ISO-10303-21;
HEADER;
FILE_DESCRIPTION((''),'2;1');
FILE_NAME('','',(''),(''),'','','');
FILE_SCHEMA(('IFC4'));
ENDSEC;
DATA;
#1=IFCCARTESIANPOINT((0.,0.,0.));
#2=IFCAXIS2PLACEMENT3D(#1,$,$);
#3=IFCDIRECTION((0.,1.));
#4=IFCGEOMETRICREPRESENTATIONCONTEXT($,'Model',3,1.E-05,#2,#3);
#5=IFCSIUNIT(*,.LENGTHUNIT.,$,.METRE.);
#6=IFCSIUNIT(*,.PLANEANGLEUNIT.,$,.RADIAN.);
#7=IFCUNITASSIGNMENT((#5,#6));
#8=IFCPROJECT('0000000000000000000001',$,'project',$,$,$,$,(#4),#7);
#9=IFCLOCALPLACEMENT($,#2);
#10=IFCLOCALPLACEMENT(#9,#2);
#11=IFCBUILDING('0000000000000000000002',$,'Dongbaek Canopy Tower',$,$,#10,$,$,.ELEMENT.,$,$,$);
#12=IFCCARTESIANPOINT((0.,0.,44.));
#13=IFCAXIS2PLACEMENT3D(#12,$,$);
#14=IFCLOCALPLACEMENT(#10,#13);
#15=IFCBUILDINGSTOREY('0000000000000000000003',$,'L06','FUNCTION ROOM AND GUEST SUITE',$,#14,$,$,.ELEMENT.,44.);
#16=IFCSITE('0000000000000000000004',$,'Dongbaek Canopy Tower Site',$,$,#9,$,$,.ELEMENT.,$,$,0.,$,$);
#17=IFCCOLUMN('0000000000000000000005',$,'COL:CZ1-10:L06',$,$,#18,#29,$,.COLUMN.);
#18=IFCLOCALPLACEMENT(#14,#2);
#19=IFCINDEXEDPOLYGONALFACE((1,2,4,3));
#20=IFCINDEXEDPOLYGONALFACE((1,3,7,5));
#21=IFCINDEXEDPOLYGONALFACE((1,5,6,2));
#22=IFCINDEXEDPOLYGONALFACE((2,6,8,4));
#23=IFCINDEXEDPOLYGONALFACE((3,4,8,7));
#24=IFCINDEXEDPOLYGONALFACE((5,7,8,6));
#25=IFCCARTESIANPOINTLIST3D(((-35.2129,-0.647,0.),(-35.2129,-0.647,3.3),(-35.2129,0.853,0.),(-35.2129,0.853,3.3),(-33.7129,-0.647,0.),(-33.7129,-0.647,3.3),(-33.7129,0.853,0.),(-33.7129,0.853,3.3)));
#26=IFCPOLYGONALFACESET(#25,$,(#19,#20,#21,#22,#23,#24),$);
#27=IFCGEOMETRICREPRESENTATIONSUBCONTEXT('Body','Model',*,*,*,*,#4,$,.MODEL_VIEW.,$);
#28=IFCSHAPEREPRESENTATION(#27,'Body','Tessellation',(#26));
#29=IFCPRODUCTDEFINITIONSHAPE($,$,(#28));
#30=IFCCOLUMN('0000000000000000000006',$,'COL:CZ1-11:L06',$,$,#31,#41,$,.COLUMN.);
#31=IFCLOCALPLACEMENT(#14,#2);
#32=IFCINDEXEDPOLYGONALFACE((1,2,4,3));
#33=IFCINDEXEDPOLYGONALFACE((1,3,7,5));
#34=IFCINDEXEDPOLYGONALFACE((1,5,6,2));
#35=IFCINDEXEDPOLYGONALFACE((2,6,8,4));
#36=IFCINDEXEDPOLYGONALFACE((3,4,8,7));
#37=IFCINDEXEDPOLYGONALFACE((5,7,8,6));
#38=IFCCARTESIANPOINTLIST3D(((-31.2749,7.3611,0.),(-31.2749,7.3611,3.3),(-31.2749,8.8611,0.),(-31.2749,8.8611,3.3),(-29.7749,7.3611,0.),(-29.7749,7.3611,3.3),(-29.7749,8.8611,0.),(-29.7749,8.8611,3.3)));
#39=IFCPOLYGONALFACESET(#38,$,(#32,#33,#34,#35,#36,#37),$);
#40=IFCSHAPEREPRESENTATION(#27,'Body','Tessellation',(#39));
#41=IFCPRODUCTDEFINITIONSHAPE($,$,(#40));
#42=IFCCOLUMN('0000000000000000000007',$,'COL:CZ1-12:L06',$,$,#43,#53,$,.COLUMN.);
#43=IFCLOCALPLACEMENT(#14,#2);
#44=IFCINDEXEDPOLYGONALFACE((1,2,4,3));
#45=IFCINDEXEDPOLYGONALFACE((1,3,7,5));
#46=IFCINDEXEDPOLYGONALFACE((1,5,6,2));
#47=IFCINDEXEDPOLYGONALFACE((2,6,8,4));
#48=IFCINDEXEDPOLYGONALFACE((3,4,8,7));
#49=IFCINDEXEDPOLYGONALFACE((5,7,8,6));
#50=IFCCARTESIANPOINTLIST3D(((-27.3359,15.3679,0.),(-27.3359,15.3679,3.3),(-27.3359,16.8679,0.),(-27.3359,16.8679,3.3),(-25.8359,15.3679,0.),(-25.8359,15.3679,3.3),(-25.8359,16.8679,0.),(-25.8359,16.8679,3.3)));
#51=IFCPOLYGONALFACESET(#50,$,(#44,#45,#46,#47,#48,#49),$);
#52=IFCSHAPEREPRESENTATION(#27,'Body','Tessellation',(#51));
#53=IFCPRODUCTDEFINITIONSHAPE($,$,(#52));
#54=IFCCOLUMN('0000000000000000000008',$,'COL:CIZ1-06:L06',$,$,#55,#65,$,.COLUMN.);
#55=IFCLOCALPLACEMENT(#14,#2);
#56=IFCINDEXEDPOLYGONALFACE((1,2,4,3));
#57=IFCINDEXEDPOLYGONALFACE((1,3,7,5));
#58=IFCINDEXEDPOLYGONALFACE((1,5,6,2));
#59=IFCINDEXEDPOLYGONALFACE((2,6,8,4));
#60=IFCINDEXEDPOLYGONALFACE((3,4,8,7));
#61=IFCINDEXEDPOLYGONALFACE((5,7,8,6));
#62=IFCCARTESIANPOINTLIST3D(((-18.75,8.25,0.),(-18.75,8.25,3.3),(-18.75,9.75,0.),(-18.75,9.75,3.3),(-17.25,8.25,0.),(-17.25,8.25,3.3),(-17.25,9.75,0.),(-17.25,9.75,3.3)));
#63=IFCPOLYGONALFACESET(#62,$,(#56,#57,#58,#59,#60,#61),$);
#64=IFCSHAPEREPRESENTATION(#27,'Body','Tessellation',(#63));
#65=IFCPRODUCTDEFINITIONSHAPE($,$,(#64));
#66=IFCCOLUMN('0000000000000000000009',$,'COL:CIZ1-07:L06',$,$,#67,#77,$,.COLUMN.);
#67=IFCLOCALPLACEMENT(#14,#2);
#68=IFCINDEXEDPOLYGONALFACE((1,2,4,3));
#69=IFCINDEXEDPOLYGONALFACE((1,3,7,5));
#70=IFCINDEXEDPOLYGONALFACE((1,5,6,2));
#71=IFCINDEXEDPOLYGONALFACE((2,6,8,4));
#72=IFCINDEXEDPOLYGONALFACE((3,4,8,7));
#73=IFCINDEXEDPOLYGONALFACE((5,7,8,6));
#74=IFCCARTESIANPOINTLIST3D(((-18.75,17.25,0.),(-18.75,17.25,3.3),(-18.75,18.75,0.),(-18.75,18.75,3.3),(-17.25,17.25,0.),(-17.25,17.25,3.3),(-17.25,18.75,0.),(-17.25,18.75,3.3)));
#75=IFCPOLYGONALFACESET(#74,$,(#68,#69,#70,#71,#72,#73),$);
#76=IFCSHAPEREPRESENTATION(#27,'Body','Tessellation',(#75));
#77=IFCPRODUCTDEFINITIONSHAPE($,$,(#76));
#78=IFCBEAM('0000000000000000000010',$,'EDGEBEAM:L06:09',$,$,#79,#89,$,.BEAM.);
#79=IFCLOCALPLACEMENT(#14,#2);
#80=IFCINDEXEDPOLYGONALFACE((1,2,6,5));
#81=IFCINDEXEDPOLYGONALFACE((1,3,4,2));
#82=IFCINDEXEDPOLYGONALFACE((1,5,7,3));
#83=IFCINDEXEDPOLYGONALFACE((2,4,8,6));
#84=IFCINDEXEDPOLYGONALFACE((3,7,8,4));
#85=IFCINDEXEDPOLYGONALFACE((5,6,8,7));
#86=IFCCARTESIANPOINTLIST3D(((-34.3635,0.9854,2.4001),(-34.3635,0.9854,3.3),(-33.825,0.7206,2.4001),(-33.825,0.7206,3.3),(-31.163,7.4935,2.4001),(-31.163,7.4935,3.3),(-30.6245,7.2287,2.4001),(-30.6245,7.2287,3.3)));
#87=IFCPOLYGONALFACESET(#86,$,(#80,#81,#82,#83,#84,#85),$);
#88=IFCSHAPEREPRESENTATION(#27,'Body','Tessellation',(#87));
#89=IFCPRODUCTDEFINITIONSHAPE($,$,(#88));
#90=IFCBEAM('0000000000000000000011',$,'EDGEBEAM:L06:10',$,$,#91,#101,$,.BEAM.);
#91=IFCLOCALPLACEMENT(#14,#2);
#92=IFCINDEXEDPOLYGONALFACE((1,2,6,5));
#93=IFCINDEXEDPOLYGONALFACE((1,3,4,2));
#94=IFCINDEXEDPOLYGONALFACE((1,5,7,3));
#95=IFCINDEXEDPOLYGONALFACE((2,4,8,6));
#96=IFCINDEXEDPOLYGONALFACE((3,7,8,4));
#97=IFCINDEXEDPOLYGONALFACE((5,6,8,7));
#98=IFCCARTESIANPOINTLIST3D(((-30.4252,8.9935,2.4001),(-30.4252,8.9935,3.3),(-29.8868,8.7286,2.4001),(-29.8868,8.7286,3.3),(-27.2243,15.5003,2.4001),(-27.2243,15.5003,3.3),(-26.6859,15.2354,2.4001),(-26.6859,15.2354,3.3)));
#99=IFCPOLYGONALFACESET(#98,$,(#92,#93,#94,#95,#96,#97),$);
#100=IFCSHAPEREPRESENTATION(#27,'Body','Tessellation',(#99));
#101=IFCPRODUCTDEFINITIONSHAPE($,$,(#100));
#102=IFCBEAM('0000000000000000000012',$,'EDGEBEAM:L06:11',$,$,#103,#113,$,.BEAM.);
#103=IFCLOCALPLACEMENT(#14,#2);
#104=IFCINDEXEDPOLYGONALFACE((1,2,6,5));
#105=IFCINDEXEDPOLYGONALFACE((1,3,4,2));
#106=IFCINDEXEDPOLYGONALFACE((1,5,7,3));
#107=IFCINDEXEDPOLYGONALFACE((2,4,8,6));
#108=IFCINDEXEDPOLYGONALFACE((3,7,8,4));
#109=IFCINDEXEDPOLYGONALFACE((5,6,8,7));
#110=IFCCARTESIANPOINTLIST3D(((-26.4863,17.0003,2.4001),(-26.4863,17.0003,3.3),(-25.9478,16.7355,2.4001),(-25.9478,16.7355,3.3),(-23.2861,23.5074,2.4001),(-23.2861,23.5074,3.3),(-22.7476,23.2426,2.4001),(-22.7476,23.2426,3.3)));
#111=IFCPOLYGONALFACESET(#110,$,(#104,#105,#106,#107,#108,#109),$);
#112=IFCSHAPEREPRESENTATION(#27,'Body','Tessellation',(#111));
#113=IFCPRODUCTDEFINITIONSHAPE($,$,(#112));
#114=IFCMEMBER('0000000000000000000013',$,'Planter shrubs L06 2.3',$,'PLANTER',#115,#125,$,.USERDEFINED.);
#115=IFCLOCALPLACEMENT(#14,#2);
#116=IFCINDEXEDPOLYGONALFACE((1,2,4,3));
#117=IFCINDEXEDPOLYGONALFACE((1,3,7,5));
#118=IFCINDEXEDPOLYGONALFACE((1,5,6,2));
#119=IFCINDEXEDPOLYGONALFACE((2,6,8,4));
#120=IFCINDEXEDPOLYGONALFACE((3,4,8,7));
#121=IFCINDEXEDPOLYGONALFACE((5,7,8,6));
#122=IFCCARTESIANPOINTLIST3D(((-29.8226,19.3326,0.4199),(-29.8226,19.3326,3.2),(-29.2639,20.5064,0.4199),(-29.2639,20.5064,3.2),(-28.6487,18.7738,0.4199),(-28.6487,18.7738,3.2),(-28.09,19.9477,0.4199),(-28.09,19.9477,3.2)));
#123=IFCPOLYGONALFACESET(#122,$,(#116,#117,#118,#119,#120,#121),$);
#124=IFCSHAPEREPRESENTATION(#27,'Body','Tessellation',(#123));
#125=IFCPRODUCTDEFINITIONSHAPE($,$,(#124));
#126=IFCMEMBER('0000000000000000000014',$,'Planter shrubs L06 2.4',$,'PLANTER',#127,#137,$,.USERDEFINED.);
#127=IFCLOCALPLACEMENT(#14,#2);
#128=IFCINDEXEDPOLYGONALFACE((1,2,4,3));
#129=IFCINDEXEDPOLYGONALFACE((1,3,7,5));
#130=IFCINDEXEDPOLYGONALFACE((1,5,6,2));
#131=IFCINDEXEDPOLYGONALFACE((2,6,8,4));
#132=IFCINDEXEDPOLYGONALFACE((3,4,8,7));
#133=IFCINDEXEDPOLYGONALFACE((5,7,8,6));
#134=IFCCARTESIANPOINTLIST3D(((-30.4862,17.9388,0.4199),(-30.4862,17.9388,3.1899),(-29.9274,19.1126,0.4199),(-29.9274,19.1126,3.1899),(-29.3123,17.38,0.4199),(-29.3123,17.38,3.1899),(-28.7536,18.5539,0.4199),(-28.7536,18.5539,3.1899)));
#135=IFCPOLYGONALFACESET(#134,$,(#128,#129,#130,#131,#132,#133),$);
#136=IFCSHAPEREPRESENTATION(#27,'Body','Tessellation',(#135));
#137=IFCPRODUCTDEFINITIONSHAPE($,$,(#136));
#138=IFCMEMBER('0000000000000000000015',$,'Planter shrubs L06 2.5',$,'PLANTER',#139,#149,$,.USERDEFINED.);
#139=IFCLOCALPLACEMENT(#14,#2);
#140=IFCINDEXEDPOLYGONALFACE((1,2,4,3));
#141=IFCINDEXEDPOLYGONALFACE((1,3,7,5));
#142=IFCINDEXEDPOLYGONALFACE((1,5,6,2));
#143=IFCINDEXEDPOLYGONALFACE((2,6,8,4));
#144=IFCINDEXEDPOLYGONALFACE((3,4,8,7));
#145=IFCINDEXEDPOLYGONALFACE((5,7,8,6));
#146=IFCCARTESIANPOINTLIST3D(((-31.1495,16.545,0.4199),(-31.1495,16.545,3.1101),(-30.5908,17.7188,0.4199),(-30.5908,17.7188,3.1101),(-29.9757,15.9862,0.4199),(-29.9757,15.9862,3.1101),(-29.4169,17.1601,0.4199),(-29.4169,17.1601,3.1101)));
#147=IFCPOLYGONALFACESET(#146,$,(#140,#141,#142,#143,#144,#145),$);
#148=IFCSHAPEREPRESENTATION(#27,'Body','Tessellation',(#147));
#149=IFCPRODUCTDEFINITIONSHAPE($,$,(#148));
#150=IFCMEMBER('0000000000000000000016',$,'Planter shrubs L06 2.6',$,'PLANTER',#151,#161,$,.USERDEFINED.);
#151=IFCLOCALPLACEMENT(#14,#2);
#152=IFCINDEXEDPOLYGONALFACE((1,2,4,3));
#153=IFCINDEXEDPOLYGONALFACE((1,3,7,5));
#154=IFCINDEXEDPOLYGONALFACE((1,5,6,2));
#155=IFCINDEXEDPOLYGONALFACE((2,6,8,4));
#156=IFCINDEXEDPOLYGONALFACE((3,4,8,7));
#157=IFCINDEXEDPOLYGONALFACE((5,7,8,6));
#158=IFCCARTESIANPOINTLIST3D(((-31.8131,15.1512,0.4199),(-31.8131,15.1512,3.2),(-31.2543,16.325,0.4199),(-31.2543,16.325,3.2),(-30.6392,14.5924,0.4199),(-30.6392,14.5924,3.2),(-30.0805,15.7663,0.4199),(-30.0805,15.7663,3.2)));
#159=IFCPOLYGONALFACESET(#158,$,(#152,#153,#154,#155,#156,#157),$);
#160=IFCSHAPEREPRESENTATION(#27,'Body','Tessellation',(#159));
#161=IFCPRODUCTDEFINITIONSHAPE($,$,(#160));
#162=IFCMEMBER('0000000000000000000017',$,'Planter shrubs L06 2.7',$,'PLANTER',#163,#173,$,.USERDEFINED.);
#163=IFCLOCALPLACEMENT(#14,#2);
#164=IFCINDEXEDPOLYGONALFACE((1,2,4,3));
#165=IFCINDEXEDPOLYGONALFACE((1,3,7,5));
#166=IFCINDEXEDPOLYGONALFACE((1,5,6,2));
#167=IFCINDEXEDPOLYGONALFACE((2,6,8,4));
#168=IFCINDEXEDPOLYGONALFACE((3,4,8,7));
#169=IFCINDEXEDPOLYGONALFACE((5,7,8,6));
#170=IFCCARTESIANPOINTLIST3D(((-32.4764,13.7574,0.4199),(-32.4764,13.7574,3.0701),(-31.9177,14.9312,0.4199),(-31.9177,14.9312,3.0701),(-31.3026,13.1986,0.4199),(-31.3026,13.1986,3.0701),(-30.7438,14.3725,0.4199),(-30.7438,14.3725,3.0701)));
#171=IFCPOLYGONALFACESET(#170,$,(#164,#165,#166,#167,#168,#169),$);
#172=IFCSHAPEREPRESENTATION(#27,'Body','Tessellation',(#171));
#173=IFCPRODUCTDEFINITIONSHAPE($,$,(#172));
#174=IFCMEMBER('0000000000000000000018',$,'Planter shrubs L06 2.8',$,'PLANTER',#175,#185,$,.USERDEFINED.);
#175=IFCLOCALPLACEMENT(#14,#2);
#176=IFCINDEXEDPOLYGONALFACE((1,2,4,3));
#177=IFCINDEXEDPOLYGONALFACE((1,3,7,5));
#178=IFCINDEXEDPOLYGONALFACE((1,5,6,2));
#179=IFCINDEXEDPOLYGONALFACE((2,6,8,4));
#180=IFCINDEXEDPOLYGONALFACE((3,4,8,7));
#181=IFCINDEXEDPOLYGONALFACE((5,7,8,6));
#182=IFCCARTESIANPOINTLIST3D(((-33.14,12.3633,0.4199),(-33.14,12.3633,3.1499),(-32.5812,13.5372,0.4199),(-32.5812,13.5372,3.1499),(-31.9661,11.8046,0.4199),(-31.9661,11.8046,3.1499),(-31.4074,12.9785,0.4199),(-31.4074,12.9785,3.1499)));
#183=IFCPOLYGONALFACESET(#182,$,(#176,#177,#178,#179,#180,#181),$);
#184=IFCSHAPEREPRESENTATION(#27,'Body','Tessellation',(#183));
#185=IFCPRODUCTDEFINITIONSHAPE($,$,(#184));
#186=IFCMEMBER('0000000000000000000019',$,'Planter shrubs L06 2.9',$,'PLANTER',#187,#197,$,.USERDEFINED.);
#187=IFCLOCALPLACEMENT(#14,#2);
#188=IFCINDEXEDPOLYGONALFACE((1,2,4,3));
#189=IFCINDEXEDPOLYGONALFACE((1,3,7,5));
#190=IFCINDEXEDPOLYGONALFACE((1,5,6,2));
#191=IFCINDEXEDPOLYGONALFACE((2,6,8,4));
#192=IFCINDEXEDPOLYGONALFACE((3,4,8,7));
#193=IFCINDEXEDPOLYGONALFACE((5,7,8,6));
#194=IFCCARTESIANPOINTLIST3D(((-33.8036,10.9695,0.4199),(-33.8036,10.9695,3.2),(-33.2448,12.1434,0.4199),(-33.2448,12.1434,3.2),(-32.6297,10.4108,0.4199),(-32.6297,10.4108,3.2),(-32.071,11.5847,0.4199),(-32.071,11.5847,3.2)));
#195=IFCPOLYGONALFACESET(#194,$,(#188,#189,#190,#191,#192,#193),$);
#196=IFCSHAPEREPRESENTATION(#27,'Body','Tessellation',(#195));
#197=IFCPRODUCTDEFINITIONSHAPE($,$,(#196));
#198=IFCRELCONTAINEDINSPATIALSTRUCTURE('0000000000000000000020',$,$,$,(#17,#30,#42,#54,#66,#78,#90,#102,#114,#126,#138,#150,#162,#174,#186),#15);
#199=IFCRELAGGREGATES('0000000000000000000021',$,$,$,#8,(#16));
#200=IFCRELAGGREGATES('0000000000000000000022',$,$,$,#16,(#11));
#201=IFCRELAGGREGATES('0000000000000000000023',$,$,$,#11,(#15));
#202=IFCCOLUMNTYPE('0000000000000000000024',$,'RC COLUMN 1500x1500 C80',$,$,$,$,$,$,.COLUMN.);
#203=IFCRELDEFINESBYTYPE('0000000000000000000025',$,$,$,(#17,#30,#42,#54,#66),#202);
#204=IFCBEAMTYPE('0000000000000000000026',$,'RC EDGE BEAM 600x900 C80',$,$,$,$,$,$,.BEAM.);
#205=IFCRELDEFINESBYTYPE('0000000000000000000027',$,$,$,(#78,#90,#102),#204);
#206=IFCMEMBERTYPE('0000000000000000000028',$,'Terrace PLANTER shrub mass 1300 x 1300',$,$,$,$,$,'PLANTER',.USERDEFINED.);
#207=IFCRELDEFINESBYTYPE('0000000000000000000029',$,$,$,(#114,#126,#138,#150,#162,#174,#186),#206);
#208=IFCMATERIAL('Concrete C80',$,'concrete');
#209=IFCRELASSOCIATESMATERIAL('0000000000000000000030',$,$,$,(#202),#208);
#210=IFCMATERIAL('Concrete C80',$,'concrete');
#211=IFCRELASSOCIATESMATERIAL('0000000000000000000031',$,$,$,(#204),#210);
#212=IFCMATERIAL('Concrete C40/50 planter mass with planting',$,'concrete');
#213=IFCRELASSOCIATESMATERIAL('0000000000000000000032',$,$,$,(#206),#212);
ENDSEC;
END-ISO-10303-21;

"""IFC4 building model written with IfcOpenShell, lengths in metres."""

from ifc_helpers import new_model, si_unit, direction, frame, origin, origin_2d, place, context, subcontext, project, spatial, rectangle, extrude, material, material_profile, profile_set, type_object, element, save


model = new_model("IFC4")

# Units and contexts
model_context = context("Model", 3, precision=1e-05, world=origin(), true_north=direction((0.0, 1.0)))
body_context = subcontext(model_context, "Body", "Model", "MODEL_VIEW")
ifc_project = project(units=[si_unit("LENGTHUNIT", "METRE"), si_unit("PLANEANGLEUNIT", "RADIAN")], contexts=[model_context])

# Site, building, storey
site_placement = place(None, origin())
site = spatial("IfcSite", under=ifc_project, at=site_placement, Name="Dongbaek Canopy Tower Site", CompositionType="ELEMENT", RefElevation=0.0)
building_placement = place(site_placement, origin())
building = spatial("IfcBuilding", under=site, at=building_placement, Name="Dongbaek Canopy Tower", CompositionType="ELEMENT")
storey_placement = place(building_placement, frame((0.0, 0.0, 44.0)))
storey = spatial("IfcBuildingStorey", under=building, at=storey_placement, Name="L06", Description="FUNCTION ROOM AND GUEST SUITE", CompositionType="ELEMENT", Elevation=44.0)

# Columns
ifc_material_1 = material(Name="Concrete C80", Category="concrete")
ifc_material_profile_1 = material_profile(ifc_material_1, rectangle(XDim=1.5, YDim=1.5, at=origin_2d()), Name="RC COLUMN 1500x1500 C80")
ifc_profile_set_1 = profile_set([ifc_material_profile_1], Name="Concrete C80")
column_type = type_object("IfcColumnType", Name="RC COLUMN 1500x1500 C80", PredefinedType="COLUMN", material=ifc_profile_set_1)
for number, where, z_axis, x_axis, name in (
    (1, (-34.4629, 0.103, 0.0), (0.0, 0.0, 1.0), (1.0, 0.0, 0.0), "COL:CZ1-10:L06"),
    (2, (-30.5249, 8.1111, 0.0), (0.0, 0.0, 1.0), (1.0, 0.0, 0.0), "COL:CZ1-11:L06"),
    (3, (-26.5859, 16.1179, 0.0), (0.0, 0.0, 1.0), (1.0, 0.0, 0.0), "COL:CZ1-12:L06"),
    (4, (-18.0, 9.0, 0.0), (0.0, 0.0, 1.0), (1.0, 0.0, 0.0), "COL:CIZ1-06:L06"),
    (5, (-18.0, 18.0, 0.0), (0.0, 0.0, 1.0), (1.0, 0.0, 0.0), "COL:CIZ1-07:L06"),
):
    element("IfcColumn", number, at=place(storey_placement, frame(where, z_axis=z_axis, x_axis=x_axis)), inside=storey, type_object=column_type, Name=name, PredefinedType="COLUMN", context=body_context, shape_type="SweptSolid", body=[
        extrude(rectangle(XDim=1.5, YDim=1.5, at=origin_2d()), origin(), (0.0, 0.0, 1.0), 3.3),
    ])

# Beams
ifc_material_2 = material(Name="Concrete C80", Category="concrete")
ifc_material_profile_2 = material_profile(ifc_material_2, rectangle(XDim=0.6001, YDim=0.8999, at=origin_2d()), Name="RC EDGE BEAM 600x900 C80")
ifc_profile_set_2 = profile_set([ifc_material_profile_2], Name="Concrete C80")
beam_type = type_object("IfcBeamType", Name="RC EDGE BEAM 600x900 C80", PredefinedType="BEAM", material=ifc_profile_set_2)
beam_placement = place(storey_placement, frame((-34.0942, 0.853, 2.8501), z_axis=(0.441293, 0.897363, 0.0), x_axis=(-0.897363, 0.441293, 0.0)))
element("IfcBeam", 6, at=beam_placement, inside=storey, type_object=beam_type, Name="EDGEBEAM:L06:09", PredefinedType="BEAM", context=body_context, shape_type="SweptSolid", body=[
    extrude(rectangle(XDim=0.6001, YDim=0.8999, at=origin_2d()), origin(), (0.0, 0.0, 1.0), 7.2524),
])
for number, where, z_axis, x_axis, name in (
    (7, (-30.156, 8.8611, 2.8501), (0.441413, 0.897304, 0.0), (-0.897304, 0.441413, 0.0), "EDGEBEAM:L06:10"),
    (8, (-26.217, 16.8679, 2.8501), (0.441319, 0.89735, 0.0), (-0.89735, 0.441319, 0.0), "EDGEBEAM:L06:11"),
):
    element("IfcBeam", number, at=place(storey_placement, frame(where, z_axis=z_axis, x_axis=x_axis)), inside=storey, type_object=beam_type, Name=name, PredefinedType="BEAM", context=body_context, shape_type="SweptSolid", body=[
        extrude(rectangle(XDim=0.6001, YDim=0.8999, at=origin_2d()), origin(), (0.0, 0.0, 1.0), 7.2515),
    ])

# Members
ifc_material_3 = material(Name="Concrete C40/50 planter mass with planting", Category="concrete")
ifc_material_profile_3 = material_profile(ifc_material_3, rectangle(XDim=1.3, YDim=1.3, at=origin_2d()), Name="Terrace PLANTER shrub mass 1300 x 1300")
ifc_profile_set_3 = profile_set([ifc_material_profile_3], Name="Concrete C40/50 planter mass with planting")
member_type = type_object("IfcMemberType", Name="Terrace PLANTER shrub mass 1300 x 1300", ElementType="PLANTER", PredefinedType="USERDEFINED", material=ifc_profile_set_3)
member_1_placement = place(storey_placement, frame((-28.9563, 19.6401, 0.4199), z_axis=(0.0, 0.0, 1.0), x_axis=(-0.902929, 0.42979, 0.0)))
element("IfcMember", 9, at=member_1_placement, inside=storey, type_object=member_type, Name="Planter shrubs L06 2.3", ObjectType="PLANTER", PredefinedType="USERDEFINED", context=body_context, shape_type="SweptSolid", body=[
    extrude(rectangle(XDim=1.3, YDim=1.3, at=origin_2d()), origin(), (0.0, 0.0, 1.0), 2.78),
])
member_2_placement = place(storey_placement, frame((-29.6199, 18.2463, 0.4199), z_axis=(0.0, 0.0, 1.0), x_axis=(-0.902929, 0.42979, 0.0)))
element("IfcMember", 10, at=member_2_placement, inside=storey, type_object=member_type, Name="Planter shrubs L06 2.4", ObjectType="PLANTER", PredefinedType="USERDEFINED", context=body_context, shape_type="SweptSolid", body=[
    extrude(rectangle(XDim=1.3, YDim=1.3, at=origin_2d()), origin(), (0.0, 0.0, 1.0), 2.77),
])
member_3_placement = place(storey_placement, frame((-30.2832, 16.8525, 0.4199), z_axis=(0.0, 0.0, 1.0), x_axis=(-0.902929, 0.42979, 0.0)))
element("IfcMember", 11, at=member_3_placement, inside=storey, type_object=member_type, Name="Planter shrubs L06 2.5", ObjectType="PLANTER", PredefinedType="USERDEFINED", context=body_context, shape_type="SweptSolid", body=[
    extrude(rectangle(XDim=1.3, YDim=1.3, at=origin_2d()), origin(), (0.0, 0.0, 1.0), 2.6902),
])
member_4_placement = place(storey_placement, frame((-30.9468, 15.4587, 0.4199), z_axis=(0.0, 0.0, 1.0), x_axis=(-0.902929, 0.42979, 0.0)))
element("IfcMember", 12, at=member_4_placement, inside=storey, type_object=member_type, Name="Planter shrubs L06 2.6", ObjectType="PLANTER", PredefinedType="USERDEFINED", context=body_context, shape_type="SweptSolid", body=[
    extrude(rectangle(XDim=1.3, YDim=1.3, at=origin_2d()), origin(), (0.0, 0.0, 1.0), 2.78),
])
member_5_placement = place(storey_placement, frame((-31.6101, 14.0649, 0.4199), z_axis=(0.0, 0.0, 1.0), x_axis=(-0.902929, 0.42979, 0.0)))
element("IfcMember", 13, at=member_5_placement, inside=storey, type_object=member_type, Name="Planter shrubs L06 2.7", ObjectType="PLANTER", PredefinedType="USERDEFINED", context=body_context, shape_type="SweptSolid", body=[
    extrude(rectangle(XDim=1.3, YDim=1.3, at=origin_2d()), origin(), (0.0, 0.0, 1.0), 2.6501),
])
member_6_placement = place(storey_placement, frame((-32.2737, 12.6709, 0.4199), z_axis=(0.0, 0.0, 1.0), x_axis=(-0.902929, 0.42979, 0.0)))
element("IfcMember", 14, at=member_6_placement, inside=storey, type_object=member_type, Name="Planter shrubs L06 2.8", ObjectType="PLANTER", PredefinedType="USERDEFINED", context=body_context, shape_type="SweptSolid", body=[
    extrude(rectangle(XDim=1.3, YDim=1.3, at=origin_2d()), origin(), (0.0, 0.0, 1.0), 2.73),
])
member_7_placement = place(storey_placement, frame((-32.9373, 11.2771, 0.4199), z_axis=(0.0, 0.0, 1.0), x_axis=(-0.902929, 0.42979, 0.0)))
element("IfcMember", 15, at=member_7_placement, inside=storey, type_object=member_type, Name="Planter shrubs L06 2.9", ObjectType="PLANTER", PredefinedType="USERDEFINED", context=body_context, shape_type="SweptSolid", body=[
    extrude(rectangle(XDim=1.3, YDim=1.3, at=origin_2d()), origin(), (0.0, 0.0, 1.0), 2.78),
])

save(model, "model.ifc")
